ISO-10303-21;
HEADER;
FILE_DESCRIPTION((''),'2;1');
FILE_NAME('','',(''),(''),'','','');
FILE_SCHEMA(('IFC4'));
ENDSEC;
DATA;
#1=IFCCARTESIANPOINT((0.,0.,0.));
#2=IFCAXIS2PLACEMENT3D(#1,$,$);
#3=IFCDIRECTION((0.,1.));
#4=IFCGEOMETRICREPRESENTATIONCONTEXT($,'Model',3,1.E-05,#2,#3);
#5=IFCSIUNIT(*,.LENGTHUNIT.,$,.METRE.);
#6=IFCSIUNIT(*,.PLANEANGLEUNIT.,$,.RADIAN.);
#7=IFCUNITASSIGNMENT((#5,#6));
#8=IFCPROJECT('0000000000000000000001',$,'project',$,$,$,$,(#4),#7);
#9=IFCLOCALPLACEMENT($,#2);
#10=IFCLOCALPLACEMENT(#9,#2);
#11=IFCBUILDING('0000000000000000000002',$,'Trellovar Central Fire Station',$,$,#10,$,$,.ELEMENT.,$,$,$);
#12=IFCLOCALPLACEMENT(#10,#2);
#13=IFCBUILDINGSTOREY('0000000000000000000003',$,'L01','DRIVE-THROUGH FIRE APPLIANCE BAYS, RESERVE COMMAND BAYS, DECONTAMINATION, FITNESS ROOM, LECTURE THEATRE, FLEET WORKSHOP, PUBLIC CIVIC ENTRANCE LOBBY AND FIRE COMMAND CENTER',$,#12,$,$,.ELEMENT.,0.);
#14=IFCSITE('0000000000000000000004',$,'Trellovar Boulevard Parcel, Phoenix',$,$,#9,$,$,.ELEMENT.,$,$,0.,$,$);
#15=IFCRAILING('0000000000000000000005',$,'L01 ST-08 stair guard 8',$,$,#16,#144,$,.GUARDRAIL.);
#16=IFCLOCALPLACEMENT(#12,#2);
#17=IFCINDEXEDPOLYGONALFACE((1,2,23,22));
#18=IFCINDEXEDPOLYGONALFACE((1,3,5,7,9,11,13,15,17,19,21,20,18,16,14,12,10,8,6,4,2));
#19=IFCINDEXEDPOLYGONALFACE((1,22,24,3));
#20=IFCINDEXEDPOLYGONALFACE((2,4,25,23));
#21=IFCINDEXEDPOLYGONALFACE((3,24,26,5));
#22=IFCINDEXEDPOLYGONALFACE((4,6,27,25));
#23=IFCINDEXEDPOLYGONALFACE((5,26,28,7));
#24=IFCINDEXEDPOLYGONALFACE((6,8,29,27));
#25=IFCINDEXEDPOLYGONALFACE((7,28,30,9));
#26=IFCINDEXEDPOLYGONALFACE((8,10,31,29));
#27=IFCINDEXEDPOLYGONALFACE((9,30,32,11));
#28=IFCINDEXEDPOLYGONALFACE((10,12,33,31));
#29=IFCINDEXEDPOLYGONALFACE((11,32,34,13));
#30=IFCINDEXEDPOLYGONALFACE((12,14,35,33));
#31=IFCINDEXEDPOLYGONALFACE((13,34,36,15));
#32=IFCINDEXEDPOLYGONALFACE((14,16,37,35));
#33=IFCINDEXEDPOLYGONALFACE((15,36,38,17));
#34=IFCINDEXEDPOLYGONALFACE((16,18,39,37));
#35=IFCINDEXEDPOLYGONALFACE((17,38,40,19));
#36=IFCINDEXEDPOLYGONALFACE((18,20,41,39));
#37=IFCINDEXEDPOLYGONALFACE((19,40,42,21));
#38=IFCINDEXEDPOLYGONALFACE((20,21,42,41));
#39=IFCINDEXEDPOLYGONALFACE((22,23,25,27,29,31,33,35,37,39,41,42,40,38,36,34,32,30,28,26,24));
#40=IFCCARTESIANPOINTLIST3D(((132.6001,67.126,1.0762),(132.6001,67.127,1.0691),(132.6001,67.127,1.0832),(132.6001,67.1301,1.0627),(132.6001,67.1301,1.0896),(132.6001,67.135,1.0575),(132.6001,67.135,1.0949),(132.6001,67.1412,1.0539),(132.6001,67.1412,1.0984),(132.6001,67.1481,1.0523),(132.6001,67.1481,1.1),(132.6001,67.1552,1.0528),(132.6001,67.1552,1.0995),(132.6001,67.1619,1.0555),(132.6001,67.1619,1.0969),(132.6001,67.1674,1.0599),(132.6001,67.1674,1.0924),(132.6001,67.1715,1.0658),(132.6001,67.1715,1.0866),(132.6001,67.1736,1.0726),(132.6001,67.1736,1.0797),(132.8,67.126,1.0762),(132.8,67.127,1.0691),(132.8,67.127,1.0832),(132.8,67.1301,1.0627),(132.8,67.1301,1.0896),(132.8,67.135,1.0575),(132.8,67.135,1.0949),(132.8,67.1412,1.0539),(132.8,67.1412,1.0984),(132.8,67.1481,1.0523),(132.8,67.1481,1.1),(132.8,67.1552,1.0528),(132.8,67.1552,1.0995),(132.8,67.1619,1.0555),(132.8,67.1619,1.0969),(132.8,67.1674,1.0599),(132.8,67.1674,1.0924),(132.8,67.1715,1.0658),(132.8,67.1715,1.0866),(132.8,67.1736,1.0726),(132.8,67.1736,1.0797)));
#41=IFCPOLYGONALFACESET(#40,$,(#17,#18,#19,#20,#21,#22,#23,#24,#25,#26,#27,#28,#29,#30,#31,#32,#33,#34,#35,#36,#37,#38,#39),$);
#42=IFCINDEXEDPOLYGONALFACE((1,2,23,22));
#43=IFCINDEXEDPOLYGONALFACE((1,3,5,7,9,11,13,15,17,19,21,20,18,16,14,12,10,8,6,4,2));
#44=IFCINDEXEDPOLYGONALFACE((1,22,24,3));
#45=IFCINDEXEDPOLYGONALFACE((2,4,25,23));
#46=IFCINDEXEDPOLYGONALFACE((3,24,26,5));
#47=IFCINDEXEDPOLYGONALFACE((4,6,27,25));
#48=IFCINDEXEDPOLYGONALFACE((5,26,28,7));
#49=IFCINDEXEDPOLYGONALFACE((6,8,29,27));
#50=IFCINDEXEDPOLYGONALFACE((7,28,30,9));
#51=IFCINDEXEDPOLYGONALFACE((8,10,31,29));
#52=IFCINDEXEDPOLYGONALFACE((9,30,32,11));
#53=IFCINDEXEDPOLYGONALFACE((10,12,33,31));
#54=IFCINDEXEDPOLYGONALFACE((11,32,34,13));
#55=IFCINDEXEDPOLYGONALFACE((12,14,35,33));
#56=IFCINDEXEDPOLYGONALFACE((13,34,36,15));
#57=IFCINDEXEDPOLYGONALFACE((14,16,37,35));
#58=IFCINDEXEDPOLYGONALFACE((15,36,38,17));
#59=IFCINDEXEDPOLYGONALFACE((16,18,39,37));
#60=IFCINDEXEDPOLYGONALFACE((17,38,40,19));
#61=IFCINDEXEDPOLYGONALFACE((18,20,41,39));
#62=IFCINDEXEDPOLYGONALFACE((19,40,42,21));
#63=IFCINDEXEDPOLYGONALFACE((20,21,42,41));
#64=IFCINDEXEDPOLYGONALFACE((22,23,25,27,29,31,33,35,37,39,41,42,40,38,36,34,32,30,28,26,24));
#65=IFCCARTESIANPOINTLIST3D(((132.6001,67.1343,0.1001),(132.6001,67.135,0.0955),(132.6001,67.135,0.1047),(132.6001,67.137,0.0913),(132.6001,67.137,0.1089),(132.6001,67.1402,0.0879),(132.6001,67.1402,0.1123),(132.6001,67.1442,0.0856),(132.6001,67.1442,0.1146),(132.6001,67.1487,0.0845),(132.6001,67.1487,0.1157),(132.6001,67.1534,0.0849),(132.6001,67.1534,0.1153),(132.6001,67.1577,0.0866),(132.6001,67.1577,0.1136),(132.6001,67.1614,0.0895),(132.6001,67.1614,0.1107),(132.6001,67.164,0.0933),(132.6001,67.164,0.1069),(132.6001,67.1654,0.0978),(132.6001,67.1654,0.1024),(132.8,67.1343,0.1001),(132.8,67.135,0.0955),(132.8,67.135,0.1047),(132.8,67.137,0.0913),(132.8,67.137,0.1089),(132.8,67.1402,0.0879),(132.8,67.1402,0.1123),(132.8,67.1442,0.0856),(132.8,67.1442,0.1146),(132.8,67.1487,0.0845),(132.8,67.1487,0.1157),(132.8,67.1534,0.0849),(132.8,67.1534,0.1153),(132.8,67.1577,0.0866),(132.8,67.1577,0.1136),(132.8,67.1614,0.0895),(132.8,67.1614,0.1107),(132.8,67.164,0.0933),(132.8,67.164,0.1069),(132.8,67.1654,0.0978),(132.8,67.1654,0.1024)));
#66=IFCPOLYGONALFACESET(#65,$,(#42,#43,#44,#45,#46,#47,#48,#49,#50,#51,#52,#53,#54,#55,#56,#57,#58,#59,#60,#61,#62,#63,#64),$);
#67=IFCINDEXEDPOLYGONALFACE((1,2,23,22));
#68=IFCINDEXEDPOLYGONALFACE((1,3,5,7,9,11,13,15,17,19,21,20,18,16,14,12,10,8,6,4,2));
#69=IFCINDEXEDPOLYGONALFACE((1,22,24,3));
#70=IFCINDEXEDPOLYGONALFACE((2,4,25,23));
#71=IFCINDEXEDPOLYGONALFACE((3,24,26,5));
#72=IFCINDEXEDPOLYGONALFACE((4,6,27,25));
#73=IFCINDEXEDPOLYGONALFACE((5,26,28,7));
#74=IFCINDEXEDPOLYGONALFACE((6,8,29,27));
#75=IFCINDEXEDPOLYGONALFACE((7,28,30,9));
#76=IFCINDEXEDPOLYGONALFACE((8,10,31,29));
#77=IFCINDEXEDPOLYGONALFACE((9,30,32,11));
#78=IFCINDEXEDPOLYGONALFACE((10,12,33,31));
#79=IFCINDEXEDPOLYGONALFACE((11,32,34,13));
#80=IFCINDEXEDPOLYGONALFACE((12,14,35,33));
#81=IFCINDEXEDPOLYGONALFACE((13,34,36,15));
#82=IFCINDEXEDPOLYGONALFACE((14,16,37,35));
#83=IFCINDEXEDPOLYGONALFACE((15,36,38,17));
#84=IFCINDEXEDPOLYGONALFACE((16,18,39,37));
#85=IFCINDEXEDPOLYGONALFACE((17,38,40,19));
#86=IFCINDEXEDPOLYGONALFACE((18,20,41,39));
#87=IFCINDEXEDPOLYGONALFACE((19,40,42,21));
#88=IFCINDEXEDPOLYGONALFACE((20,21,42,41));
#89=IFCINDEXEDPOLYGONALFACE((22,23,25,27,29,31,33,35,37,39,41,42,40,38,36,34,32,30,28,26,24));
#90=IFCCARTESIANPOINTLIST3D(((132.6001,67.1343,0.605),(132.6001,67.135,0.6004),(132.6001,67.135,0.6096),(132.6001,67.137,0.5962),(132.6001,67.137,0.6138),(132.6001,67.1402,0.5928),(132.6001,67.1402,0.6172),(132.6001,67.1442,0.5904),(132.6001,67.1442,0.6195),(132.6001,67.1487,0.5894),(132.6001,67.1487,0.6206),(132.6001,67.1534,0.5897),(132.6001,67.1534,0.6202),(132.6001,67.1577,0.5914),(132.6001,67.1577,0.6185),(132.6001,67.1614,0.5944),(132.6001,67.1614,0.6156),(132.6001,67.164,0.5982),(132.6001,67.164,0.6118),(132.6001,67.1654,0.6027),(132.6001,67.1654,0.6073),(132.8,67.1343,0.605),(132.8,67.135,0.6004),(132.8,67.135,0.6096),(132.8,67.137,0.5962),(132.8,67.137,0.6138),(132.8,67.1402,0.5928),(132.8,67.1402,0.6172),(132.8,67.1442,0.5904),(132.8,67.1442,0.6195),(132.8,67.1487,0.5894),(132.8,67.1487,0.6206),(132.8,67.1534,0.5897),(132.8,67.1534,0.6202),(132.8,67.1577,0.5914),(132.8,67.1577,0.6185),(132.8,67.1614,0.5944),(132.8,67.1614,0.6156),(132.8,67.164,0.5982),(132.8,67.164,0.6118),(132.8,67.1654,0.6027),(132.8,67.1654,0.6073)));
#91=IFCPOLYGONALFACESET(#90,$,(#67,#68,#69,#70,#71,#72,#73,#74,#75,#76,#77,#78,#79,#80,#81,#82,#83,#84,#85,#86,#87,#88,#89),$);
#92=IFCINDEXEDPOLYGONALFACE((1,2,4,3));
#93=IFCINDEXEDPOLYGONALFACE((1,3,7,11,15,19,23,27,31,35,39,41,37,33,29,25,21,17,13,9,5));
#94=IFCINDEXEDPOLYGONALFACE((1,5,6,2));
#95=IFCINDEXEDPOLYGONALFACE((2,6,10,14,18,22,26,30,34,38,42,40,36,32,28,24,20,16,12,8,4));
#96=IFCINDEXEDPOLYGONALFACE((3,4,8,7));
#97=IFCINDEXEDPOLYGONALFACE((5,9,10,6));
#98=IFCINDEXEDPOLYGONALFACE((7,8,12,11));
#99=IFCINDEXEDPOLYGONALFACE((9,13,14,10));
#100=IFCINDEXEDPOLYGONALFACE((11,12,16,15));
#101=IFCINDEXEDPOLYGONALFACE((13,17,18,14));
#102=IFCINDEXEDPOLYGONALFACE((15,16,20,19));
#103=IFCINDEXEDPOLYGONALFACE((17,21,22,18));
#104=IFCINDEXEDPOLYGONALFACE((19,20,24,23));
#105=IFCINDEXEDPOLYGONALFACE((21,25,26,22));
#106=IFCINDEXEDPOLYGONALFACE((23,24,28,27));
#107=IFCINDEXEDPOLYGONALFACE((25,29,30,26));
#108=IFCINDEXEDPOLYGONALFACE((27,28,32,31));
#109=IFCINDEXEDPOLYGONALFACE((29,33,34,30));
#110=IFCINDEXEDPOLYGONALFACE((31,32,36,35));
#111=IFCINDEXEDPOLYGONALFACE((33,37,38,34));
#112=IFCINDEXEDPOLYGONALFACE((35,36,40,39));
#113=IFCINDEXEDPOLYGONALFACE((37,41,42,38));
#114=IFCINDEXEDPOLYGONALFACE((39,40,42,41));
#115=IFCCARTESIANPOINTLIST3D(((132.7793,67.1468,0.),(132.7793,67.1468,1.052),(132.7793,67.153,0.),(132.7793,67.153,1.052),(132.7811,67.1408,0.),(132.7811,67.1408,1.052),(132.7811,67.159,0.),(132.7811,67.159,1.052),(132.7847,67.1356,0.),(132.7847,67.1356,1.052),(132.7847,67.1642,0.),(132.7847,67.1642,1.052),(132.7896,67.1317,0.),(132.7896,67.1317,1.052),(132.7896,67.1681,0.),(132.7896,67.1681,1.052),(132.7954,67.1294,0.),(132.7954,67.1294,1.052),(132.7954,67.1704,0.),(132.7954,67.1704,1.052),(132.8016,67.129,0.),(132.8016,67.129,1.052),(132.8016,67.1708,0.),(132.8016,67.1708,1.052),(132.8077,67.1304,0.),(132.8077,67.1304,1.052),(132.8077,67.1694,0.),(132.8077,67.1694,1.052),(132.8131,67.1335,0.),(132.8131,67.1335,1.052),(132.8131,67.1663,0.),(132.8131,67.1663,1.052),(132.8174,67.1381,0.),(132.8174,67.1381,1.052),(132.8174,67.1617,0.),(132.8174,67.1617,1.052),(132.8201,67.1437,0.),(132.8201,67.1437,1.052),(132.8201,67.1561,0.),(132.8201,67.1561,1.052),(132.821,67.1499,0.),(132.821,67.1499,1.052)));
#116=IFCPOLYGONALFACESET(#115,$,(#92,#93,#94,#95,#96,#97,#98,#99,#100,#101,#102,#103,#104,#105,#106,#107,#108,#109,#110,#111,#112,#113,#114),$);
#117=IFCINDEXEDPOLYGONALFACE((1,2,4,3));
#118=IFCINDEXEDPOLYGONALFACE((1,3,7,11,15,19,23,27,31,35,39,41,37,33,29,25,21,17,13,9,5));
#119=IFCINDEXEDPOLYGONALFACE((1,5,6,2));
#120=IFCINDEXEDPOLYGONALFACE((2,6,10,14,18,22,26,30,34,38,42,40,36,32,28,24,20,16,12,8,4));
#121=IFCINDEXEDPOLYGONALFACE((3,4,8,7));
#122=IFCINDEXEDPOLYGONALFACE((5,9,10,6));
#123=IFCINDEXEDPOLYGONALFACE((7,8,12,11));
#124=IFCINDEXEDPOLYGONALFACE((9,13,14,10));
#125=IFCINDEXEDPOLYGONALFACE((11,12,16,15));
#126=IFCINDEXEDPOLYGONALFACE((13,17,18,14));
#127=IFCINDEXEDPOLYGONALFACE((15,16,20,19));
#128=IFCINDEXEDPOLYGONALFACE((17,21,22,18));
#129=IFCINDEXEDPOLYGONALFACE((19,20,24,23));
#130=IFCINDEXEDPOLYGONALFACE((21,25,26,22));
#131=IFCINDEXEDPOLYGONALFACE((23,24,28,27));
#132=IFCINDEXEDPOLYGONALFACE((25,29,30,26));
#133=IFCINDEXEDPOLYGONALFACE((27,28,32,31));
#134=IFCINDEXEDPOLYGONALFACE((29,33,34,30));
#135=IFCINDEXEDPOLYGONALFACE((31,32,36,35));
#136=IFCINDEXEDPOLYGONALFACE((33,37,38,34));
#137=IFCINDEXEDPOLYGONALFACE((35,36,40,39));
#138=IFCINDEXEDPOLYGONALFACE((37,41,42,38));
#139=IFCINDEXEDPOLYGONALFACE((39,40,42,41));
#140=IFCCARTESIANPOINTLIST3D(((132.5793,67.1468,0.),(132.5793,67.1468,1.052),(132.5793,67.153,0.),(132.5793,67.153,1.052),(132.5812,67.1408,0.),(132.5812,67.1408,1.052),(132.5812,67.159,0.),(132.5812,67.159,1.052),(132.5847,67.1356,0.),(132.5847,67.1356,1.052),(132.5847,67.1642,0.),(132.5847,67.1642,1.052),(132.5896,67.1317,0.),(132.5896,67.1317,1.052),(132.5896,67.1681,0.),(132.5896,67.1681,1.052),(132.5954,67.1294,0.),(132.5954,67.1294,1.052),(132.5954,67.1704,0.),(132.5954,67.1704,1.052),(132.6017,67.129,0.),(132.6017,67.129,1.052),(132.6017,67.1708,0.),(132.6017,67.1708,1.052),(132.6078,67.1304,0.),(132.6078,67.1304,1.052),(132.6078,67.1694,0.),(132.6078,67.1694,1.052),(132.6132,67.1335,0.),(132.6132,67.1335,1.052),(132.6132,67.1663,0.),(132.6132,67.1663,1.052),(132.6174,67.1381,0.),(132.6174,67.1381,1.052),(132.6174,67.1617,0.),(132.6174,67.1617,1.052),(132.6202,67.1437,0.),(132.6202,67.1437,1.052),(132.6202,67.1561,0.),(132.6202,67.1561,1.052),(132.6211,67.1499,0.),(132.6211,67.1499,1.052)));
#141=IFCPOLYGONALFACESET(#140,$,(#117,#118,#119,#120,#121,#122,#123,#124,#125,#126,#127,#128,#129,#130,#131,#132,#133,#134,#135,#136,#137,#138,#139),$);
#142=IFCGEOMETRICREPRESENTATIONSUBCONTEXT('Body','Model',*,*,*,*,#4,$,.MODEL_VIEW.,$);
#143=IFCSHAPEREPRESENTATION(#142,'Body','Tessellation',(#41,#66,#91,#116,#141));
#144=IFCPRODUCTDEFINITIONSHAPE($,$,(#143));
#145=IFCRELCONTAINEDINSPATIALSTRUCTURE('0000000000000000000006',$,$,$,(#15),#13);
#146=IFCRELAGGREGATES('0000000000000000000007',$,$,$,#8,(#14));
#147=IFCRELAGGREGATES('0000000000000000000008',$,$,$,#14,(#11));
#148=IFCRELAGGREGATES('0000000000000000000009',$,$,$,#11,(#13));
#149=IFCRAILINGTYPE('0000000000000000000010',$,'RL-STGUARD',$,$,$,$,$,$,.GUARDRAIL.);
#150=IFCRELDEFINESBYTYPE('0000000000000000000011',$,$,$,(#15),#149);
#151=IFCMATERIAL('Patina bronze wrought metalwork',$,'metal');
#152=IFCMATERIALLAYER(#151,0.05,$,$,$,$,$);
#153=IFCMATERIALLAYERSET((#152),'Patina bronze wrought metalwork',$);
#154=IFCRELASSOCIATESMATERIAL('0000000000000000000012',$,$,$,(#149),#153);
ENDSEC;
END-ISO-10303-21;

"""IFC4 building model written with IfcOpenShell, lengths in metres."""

from ifc_helpers import new_model, si_unit, direction, frame, origin, origin_2d, place, context, subcontext, project, spatial, circle, extrude, material, layer, layer_set, type_object, element, save


model = new_model("IFC4")

# Units and contexts
model_context = context("Model", 3, precision=1e-05, world=origin(), true_north=direction((0.0, 1.0)))
body_context = subcontext(model_context, "Body", "Model", "MODEL_VIEW")
ifc_project = project(units=[si_unit("LENGTHUNIT", "METRE"), si_unit("PLANEANGLEUNIT", "RADIAN")], contexts=[model_context])

# Site, building, storey
site_placement = place(None, origin())
site = spatial("IfcSite", under=ifc_project, at=site_placement, Name="Trellovar Boulevard Parcel, Phoenix", CompositionType="ELEMENT", RefElevation=0.0)
building_placement = place(site_placement, origin())
building = spatial("IfcBuilding", under=site, at=building_placement, Name="Trellovar Central Fire Station", CompositionType="ELEMENT")
storey_placement = place(building_placement, origin())
storey = spatial("IfcBuildingStorey", under=building, at=storey_placement, Name="L01", Description="DRIVE-THROUGH FIRE APPLIANCE BAYS, RESERVE COMMAND BAYS, DECONTAMINATION, FITNESS ROOM, LECTURE THEATRE, FLEET WORKSHOP, PUBLIC CIVIC ENTRANCE LOBBY AND FIRE COMMAND CENTER", CompositionType="ELEMENT", Elevation=0.0)

# Railing
ifc_material_1 = material(Name="Patina bronze wrought metalwork", Category="metal")
ifc_layer_1 = layer(ifc_material_1, 0.05)
ifc_layer_set_1 = layer_set([ifc_layer_1], Name="Patina bronze wrought metalwork")
railing_type_1 = type_object("IfcRailingType", Name="RL-STGUARD", PredefinedType="GUARDRAIL", material=ifc_layer_set_1)
railing_1_placement = place(storey_placement, frame((132.8, 67.1499, 0.0)))
element("IfcRailing", 1, at=railing_1_placement, inside=storey, type_object=railing_type_1, Name="L01 ST-08 stair guard 8", PredefinedType="GUARDRAIL", context=body_context, shape_type="SweptSolid", body=[
    extrude(circle(Radius=0.0239, at=origin_2d()), frame((0.0, 0.0, 1.0762), z_axis=(-1.0, 0.0, 0.0), x_axis=(0.0, -1.0, 0.0)), (0.0, 0.0, 1.0), 0.2),
    extrude(circle(Radius=0.0156, at=origin_2d()), frame((0.0, 0.0, 0.1001), z_axis=(-1.0, 0.0, 0.0), x_axis=(0.0, -1.0, 0.0)), (0.0, 0.0, 1.0), 0.2),
    extrude(circle(Radius=0.0156, at=origin_2d()), frame((0.0, 0.0, 0.605), z_axis=(-1.0, 0.0, 0.0), x_axis=(0.0, -1.0, 0.0)), (0.0, 0.0, 1.0), 0.2),
    extrude(circle(Radius=0.021, at=origin_2d()), origin(), (0.0, 0.0, 1.0), 1.052),
    extrude(circle(Radius=0.021, at=origin_2d()), frame((-0.2, 0.0, 0.0)), (0.0, 0.0, 1.0), 1.052),
])

save(model, "model.ifc")
